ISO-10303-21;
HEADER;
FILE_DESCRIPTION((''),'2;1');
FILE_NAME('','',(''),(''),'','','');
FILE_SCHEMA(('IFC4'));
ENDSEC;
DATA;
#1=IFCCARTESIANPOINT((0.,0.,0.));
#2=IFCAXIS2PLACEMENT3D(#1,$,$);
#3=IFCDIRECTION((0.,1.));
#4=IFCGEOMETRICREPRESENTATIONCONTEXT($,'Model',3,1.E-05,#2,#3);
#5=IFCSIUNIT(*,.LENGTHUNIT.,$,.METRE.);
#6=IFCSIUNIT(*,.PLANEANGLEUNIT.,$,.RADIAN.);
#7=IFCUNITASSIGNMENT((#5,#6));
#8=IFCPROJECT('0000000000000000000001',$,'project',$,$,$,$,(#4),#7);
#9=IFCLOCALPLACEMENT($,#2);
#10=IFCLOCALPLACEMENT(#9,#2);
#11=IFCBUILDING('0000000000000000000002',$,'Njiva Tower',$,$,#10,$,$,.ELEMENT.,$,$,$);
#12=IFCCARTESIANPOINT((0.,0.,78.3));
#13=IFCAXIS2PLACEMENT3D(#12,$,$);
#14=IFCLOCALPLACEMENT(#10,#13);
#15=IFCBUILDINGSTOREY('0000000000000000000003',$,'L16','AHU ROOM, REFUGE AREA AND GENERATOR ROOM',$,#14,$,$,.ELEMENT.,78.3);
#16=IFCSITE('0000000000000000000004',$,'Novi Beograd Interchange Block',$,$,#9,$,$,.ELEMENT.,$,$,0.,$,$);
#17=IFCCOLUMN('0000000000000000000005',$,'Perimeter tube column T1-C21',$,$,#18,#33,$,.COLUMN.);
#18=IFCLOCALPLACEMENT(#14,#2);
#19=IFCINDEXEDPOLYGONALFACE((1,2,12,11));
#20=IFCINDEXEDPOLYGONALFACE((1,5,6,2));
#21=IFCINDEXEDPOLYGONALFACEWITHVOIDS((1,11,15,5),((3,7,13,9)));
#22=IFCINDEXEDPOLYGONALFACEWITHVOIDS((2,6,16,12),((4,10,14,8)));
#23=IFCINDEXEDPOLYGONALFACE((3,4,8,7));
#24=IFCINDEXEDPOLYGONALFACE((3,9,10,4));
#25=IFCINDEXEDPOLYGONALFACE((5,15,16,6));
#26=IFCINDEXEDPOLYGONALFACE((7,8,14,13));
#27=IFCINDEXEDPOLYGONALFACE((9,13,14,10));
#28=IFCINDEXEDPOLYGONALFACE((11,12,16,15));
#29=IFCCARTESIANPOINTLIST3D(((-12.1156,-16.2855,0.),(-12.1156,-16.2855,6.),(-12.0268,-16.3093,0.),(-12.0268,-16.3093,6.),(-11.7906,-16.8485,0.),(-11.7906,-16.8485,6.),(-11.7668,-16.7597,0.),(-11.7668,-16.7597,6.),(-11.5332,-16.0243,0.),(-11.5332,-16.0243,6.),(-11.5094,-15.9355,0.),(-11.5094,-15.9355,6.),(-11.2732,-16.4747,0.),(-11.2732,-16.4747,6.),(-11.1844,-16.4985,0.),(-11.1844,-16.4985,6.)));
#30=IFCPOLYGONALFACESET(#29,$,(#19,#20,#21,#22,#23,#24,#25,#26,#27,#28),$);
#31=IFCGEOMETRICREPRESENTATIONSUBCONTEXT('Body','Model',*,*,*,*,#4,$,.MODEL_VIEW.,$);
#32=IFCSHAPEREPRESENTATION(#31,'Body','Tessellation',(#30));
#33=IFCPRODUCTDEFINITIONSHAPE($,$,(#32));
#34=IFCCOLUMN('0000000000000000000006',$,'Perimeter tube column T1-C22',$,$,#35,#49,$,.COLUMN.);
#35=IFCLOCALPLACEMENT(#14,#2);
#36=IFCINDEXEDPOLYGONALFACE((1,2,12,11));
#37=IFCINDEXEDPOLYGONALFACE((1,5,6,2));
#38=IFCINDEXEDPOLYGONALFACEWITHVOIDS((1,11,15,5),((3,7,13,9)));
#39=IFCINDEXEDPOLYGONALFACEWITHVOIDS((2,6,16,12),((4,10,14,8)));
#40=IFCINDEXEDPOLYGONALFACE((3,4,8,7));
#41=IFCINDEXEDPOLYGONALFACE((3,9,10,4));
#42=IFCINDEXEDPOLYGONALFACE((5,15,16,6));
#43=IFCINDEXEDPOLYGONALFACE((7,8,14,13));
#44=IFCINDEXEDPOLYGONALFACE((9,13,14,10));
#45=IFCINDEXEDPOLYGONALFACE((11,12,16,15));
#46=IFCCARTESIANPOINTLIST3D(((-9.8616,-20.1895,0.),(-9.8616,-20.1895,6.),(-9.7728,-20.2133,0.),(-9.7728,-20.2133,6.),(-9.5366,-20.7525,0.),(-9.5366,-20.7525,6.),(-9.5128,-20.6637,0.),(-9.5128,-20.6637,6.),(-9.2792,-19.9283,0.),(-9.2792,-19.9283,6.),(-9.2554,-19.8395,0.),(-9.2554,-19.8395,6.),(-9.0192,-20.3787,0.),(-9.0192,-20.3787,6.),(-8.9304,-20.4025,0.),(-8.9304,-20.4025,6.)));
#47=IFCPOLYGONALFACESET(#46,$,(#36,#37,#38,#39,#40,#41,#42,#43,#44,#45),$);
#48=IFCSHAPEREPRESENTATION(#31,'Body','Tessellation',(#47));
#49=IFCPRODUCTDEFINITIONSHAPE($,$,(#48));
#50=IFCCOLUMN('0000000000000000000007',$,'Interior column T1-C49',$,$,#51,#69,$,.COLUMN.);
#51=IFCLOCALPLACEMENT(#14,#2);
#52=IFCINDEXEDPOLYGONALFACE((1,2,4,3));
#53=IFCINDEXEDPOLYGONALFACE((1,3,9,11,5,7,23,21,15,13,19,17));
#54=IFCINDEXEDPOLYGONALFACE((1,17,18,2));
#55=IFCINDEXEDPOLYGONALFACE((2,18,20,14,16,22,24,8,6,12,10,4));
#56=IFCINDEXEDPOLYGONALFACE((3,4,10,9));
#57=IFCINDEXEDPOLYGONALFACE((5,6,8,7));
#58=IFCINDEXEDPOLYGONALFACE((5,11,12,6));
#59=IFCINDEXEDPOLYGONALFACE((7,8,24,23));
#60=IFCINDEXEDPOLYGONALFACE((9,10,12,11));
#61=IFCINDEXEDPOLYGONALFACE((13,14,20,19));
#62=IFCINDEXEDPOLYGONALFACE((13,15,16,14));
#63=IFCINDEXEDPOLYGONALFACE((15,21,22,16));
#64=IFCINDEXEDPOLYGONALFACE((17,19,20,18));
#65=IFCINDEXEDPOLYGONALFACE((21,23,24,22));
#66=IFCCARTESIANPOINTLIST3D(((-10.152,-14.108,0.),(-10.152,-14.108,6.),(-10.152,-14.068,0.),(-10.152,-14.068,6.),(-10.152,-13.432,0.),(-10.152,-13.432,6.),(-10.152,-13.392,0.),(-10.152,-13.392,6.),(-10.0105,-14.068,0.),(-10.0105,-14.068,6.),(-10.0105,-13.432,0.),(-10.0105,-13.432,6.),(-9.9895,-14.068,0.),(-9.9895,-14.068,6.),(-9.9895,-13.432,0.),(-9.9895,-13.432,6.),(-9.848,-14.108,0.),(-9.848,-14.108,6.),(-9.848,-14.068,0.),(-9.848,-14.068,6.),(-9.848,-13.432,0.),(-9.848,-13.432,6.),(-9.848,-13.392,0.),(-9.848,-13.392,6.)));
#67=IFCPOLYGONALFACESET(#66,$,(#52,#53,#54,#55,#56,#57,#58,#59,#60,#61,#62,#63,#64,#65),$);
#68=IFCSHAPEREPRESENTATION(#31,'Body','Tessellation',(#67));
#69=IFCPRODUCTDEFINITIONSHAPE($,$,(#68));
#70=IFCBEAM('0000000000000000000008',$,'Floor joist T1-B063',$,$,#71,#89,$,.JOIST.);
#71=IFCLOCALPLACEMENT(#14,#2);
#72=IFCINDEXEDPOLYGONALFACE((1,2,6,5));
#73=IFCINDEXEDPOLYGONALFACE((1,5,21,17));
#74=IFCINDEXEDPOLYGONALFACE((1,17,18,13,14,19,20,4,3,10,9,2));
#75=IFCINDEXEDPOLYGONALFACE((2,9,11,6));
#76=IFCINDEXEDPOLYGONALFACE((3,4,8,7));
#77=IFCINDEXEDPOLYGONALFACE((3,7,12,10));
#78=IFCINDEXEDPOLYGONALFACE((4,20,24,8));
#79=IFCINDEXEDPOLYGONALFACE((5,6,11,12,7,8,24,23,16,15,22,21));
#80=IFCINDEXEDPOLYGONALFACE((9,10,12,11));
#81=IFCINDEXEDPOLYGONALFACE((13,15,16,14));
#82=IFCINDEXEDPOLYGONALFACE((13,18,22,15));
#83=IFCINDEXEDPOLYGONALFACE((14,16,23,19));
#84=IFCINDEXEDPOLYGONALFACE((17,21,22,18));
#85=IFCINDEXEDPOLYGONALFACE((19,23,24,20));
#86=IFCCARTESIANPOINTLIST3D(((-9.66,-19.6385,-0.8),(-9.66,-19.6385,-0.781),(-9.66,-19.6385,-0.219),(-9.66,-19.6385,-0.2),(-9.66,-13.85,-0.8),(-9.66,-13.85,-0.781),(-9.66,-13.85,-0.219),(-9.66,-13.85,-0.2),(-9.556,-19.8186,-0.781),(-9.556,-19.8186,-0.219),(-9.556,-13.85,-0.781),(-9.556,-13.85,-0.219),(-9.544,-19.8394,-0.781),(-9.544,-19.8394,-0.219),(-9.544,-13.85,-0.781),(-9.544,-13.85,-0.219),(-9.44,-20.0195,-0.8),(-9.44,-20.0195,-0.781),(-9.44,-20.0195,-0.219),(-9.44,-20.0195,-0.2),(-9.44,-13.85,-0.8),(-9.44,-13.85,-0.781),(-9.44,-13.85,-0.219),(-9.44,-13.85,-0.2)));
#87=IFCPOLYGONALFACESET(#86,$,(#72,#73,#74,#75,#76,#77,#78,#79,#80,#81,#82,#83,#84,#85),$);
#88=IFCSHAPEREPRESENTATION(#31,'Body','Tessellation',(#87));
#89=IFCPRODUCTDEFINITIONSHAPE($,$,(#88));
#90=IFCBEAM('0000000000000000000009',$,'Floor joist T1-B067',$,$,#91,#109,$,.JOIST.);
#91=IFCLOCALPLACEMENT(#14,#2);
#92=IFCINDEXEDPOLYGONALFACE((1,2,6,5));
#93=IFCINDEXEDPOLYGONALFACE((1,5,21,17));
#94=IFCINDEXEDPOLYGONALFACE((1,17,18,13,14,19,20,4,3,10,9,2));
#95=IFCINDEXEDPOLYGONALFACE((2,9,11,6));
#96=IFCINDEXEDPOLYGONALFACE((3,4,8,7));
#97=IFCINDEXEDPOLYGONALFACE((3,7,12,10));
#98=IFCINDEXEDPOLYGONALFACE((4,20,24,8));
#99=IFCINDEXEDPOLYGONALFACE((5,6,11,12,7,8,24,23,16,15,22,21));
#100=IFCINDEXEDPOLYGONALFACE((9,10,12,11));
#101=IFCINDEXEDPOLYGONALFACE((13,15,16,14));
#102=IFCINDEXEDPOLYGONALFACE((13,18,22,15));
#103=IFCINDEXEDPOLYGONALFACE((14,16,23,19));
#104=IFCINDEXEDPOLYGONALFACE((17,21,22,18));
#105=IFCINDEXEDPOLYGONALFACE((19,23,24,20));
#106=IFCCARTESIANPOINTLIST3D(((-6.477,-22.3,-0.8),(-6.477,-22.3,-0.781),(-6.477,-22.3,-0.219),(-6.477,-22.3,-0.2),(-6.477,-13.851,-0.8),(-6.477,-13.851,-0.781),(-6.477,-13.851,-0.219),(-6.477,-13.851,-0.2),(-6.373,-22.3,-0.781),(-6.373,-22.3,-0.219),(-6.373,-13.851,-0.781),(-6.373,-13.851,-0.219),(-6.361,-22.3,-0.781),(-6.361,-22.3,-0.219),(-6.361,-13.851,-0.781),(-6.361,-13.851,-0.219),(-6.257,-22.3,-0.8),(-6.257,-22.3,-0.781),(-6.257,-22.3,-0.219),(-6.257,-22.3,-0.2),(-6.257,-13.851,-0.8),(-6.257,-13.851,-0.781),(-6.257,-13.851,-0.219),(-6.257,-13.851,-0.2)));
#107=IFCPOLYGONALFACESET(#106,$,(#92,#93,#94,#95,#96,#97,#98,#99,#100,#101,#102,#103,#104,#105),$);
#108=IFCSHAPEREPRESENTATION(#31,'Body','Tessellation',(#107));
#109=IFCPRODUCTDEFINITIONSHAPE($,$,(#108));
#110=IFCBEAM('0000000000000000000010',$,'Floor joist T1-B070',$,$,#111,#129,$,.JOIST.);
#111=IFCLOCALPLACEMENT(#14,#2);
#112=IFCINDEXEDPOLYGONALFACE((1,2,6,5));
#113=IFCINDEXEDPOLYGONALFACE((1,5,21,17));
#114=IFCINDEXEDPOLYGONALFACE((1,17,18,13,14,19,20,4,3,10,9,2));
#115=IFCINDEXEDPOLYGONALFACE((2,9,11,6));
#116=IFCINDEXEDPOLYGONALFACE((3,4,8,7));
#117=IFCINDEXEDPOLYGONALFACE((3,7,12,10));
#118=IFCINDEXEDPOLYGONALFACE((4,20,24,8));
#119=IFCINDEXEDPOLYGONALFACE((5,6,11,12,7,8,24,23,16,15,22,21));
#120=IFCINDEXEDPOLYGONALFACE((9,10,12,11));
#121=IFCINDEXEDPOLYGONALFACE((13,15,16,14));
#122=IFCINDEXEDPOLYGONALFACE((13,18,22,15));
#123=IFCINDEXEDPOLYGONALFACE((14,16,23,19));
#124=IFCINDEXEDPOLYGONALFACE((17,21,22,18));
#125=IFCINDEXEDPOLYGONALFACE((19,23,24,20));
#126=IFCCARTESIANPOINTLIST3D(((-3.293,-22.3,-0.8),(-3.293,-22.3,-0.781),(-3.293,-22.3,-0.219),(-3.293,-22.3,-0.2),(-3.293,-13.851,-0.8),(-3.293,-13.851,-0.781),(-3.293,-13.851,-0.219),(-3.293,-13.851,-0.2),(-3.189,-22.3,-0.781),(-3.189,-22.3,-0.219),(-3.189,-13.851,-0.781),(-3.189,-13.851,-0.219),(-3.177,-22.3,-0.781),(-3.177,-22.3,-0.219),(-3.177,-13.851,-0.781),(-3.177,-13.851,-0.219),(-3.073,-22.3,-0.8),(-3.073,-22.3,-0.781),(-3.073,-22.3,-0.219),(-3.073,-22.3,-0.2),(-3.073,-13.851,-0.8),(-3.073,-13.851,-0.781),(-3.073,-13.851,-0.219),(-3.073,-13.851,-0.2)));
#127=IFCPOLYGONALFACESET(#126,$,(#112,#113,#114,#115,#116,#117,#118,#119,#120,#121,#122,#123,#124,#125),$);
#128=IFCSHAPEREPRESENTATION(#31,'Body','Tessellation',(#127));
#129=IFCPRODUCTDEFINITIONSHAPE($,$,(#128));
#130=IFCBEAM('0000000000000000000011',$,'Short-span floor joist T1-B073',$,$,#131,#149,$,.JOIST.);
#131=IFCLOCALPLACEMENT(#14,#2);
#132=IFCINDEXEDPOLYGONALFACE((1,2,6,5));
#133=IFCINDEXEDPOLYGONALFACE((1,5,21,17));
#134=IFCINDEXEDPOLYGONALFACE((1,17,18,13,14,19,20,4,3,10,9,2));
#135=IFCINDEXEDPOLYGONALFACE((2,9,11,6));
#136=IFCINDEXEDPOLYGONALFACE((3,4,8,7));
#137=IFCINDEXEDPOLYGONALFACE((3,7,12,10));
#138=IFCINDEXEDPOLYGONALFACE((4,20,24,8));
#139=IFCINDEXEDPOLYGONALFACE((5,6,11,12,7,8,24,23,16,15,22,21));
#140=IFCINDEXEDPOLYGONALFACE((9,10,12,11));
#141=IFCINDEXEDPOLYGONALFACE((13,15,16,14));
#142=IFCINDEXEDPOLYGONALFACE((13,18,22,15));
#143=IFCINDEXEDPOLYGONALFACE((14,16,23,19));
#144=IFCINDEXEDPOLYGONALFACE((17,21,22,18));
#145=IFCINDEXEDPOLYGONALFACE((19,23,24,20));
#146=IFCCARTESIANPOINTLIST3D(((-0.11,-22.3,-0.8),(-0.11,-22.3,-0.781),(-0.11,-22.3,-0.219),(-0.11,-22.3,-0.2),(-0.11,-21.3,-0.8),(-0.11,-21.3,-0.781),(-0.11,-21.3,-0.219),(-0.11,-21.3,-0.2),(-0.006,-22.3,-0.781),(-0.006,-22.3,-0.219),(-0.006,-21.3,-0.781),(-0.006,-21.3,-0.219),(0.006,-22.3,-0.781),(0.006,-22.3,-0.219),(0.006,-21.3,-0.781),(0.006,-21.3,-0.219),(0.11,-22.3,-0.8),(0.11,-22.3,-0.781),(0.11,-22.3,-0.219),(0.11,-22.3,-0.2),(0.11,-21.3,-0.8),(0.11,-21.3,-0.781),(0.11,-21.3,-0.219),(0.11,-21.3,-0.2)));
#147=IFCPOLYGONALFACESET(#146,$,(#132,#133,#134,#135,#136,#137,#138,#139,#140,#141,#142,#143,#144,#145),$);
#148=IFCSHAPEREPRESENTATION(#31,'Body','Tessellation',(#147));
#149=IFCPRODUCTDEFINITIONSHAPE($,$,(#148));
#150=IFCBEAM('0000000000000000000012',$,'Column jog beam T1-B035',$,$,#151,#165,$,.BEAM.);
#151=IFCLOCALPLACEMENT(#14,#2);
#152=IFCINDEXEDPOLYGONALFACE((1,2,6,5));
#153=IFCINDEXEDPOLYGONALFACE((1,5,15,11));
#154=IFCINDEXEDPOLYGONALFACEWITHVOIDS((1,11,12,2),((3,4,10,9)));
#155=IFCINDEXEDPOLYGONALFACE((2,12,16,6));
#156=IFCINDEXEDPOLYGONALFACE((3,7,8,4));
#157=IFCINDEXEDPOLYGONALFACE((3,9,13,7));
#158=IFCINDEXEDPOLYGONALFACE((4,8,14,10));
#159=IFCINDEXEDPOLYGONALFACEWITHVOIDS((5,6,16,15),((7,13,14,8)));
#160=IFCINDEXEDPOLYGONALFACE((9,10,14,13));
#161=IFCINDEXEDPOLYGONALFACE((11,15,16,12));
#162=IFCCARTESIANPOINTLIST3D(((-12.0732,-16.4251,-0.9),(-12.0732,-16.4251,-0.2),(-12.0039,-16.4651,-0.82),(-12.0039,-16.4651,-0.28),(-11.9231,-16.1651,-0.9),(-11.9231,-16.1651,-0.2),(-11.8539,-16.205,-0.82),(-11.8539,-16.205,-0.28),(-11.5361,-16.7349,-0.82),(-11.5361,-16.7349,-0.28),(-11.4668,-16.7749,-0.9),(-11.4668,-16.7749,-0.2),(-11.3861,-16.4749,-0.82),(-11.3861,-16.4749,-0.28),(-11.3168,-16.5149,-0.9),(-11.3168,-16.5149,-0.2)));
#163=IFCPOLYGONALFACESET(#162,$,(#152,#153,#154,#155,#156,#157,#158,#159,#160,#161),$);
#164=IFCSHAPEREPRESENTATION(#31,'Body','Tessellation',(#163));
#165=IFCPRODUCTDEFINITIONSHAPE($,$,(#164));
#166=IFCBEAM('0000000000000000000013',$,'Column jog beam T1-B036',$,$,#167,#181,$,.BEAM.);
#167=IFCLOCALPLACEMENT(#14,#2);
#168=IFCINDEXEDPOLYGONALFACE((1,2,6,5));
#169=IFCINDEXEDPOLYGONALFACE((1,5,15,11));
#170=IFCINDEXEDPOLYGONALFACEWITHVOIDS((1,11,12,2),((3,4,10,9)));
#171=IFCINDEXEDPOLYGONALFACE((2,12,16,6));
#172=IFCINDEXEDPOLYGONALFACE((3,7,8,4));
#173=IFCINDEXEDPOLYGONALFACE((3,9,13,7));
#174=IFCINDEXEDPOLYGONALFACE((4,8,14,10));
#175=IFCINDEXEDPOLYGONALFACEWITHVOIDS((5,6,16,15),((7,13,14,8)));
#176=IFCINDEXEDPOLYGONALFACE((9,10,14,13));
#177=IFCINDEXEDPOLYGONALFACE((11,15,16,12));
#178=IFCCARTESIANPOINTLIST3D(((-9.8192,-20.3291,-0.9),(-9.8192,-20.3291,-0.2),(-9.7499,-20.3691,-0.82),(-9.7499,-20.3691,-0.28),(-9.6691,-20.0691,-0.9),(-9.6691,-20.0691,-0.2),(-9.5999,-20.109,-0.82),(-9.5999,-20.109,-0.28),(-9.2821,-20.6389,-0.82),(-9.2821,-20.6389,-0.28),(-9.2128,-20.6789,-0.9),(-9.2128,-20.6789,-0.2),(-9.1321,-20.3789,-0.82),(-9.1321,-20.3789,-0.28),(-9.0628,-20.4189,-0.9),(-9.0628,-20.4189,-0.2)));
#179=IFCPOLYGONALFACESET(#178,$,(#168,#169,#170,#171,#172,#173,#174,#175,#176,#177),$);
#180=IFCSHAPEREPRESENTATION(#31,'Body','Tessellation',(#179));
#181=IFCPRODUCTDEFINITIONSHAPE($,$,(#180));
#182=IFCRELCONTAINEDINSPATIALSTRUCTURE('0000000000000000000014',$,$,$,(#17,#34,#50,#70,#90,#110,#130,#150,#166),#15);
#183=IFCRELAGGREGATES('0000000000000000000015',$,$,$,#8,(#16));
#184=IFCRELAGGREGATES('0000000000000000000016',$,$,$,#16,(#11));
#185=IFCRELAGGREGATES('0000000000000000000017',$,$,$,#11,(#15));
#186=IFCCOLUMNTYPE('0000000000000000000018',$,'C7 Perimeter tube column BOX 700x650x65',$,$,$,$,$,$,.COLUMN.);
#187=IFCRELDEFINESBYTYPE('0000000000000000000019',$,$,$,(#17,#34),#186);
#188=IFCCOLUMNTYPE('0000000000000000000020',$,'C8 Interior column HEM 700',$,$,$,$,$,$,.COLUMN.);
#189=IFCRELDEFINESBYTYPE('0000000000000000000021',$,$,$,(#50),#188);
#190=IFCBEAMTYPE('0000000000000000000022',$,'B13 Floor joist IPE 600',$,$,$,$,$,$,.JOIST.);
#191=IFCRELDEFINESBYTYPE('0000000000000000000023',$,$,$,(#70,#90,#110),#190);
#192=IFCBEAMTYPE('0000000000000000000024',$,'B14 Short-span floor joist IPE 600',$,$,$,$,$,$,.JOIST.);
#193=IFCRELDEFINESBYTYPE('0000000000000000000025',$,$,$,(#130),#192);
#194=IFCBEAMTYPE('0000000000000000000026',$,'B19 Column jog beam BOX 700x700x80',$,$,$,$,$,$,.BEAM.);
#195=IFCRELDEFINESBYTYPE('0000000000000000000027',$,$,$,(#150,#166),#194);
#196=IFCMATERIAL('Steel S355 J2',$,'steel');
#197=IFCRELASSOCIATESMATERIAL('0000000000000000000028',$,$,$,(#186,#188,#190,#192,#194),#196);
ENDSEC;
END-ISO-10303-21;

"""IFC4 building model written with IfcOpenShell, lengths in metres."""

from ifc_helpers import new_model, si_unit, direction, frame, origin, origin_2d, place, context, subcontext, project, spatial, hollow_rectangle, i_section, extrude, clip, halfspace, material, material_profile, profile_set, type_object, element, save


model = new_model("IFC4")

# Units and contexts
model_context = context("Model", 3, precision=1e-05, world=origin(), true_north=direction((0.0, 1.0)))
body_context = subcontext(model_context, "Body", "Model", "MODEL_VIEW")
ifc_project = project(units=[si_unit("LENGTHUNIT", "METRE"), si_unit("PLANEANGLEUNIT", "RADIAN")], contexts=[model_context])

# Site, building, storey
site_placement = place(None, origin())
site = spatial("IfcSite", under=ifc_project, at=site_placement, Name="Novi Beograd Interchange Block", CompositionType="ELEMENT", RefElevation=0.0)
building_placement = place(site_placement, origin())
building = spatial("IfcBuilding", under=site, at=building_placement, Name="Njiva Tower", CompositionType="ELEMENT")
storey_placement = place(building_placement, frame((0.0, 0.0, 78.3)))
storey = spatial("IfcBuildingStorey", under=building, at=storey_placement, Name="L16", Description="AHU ROOM, REFUGE AREA AND GENERATOR ROOM", CompositionType="ELEMENT", Elevation=78.3)

# Columns
ifc_material_1 = material(Name="Steel S355 J2", Category="steel")
ifc_material_profile_1 = material_profile(ifc_material_1, hollow_rectangle(XDim=0.65, YDim=0.7, WallThickness=0.065, at=origin_2d()), Name="BOX 700x650x65")
ifc_profile_set_1 = profile_set([ifc_material_profile_1], Name="Steel S355 J2")
column_type_1 = type_object("IfcColumnType", Name="C7 Perimeter tube column BOX 700x650x65", PredefinedType="COLUMN", material=ifc_profile_set_1)
for number, where, z_axis, x_axis, name in (
    (1, (-11.65, -16.392, 0.0), (0.0, 0.0, 1.0), (0.5, -0.866025, 0.0), "Perimeter tube column T1-C21"),
    (2, (-9.396, -20.296, 0.0), (0.0, 0.0, 1.0), (0.5, -0.866025, 0.0), "Perimeter tube column T1-C22"),
):
    element("IfcColumn", number, at=place(storey_placement, frame(where, z_axis=z_axis, x_axis=x_axis)), inside=storey, type_object=column_type_1, Name=name, PredefinedType="COLUMN", context=body_context, shape_type="SweptSolid", body=[
        extrude(hollow_rectangle(XDim=0.65, YDim=0.7, WallThickness=0.065, at=origin_2d()), origin(), (0.0, 0.0, 1.0), 6.0),
    ])
ifc_material_profile_2 = material_profile(ifc_material_1, i_section(OverallWidth=0.304, OverallDepth=0.716, WebThickness=0.021, FlangeThickness=0.04, at=origin_2d()), Name="HEM 700")
ifc_profile_set_2 = profile_set([ifc_material_profile_2], Name="Steel S355 J2")
column_type_2 = type_object("IfcColumnType", Name="C8 Interior column HEM 700", PredefinedType="COLUMN", material=ifc_profile_set_2)
column_placement = place(storey_placement, frame((-10.0, -13.75, 0.0), z_axis=(0.0, 0.0, 1.0), x_axis=(1.0, 0.0, 0.0)))
element("IfcColumn", 3, at=column_placement, inside=storey, type_object=column_type_2, Name="Interior column T1-C49", PredefinedType="COLUMN", context=body_context, shape_type="SweptSolid", body=[
    extrude(i_section(OverallWidth=0.304, OverallDepth=0.716, WebThickness=0.021, FlangeThickness=0.04, at=origin_2d()), origin(), (0.0, 0.0, 1.0), 6.0),
])

# Beams
ifc_material_profile_3 = material_profile(ifc_material_1, i_section(OverallWidth=0.22, OverallDepth=0.6, WebThickness=0.012, FlangeThickness=0.019, at=origin_2d()), Name="IPE 600")
ifc_profile_set_3 = profile_set([ifc_material_profile_3], Name="Steel S355 J2")
beam_type_1 = type_object("IfcBeamType", Name="B13 Floor joist IPE 600", PredefinedType="JOIST", material=ifc_profile_set_3)
beam_1_placement = place(storey_placement, frame((-9.55, -13.85, -0.5), z_axis=(0.0, -1.0, 0.0), x_axis=(1.0, 0.0, 0.0)))
element("IfcBeam", 4, at=beam_1_placement, inside=storey, type_object=beam_type_1, Name="Floor joist T1-B063", PredefinedType="JOIST", context=body_context, shape_type="Clipping", body=[
    clip(extrude(i_section(OverallWidth=0.22, OverallDepth=0.6, WebThickness=0.012, FlangeThickness=0.019, at=origin_2d()), origin(), (0.0, 0.0, 1.0), 6.19), halfspace(frame((-0.0433, 0.0, 5.904), z_axis=(-0.866027, 0.0, 0.499998), x_axis=(0.0, 1.0, 0.0)), False)),
])
for number, where, z_axis, x_axis, name in (
    (5, (-6.367, -13.851, -0.5), (0.0, -1.0, 0.0), (1.0, 0.0, 0.0), "Floor joist T1-B067"),
    (6, (-3.183, -13.851, -0.5), (0.0, -1.0, 0.0), (1.0, 0.0, 0.0), "Floor joist T1-B070"),
):
    element("IfcBeam", number, at=place(storey_placement, frame(where, z_axis=z_axis, x_axis=x_axis)), inside=storey, type_object=beam_type_1, Name=name, PredefinedType="JOIST", context=body_context, shape_type="SweptSolid", body=[
        extrude(i_section(OverallWidth=0.22, OverallDepth=0.6, WebThickness=0.012, FlangeThickness=0.019, at=origin_2d()), origin(), (0.0, 0.0, 1.0), 8.449),
    ])
ifc_material_profile_4 = material_profile(ifc_material_1, i_section(OverallWidth=0.22, OverallDepth=0.6, WebThickness=0.012, FlangeThickness=0.019, at=origin_2d()), Name="IPE 600")
ifc_profile_set_4 = profile_set([ifc_material_profile_4], Name="Steel S355 J2")
beam_type_2 = type_object("IfcBeamType", Name="B14 Short-span floor joist IPE 600", PredefinedType="JOIST", material=ifc_profile_set_4)
beam_2_placement = place(storey_placement, frame((0.0, -21.3, -0.5), z_axis=(0.0, -1.0, 0.0), x_axis=(1.0, 0.0, 0.0)))
element("IfcBeam", 7, at=beam_2_placement, inside=storey, type_object=beam_type_2, Name="Short-span floor joist T1-B073", PredefinedType="JOIST", context=body_context, shape_type="SweptSolid", body=[
    extrude(i_section(OverallWidth=0.22, OverallDepth=0.6, WebThickness=0.012, FlangeThickness=0.019, at=origin_2d()), origin(), (0.0, 0.0, 1.0), 1.0),
])
ifc_material_profile_5 = material_profile(ifc_material_1, hollow_rectangle(XDim=0.7, YDim=0.7, WallThickness=0.08, at=origin_2d()), Name="BOX 700x700x80")
ifc_profile_set_5 = profile_set([ifc_material_profile_5], Name="Steel S355 J2")
beam_type_3 = type_object("IfcBeamType", Name="B19 Column jog beam BOX 700x700x80", PredefinedType="BEAM", material=ifc_profile_set_5)
for number, where, z_axis, x_axis, name in (
    (8, (-11.77, -16.6, -0.55), (0.499722, 0.866186, 0.0), (-0.866186, 0.499722, 0.0), "Column jog beam T1-B035"),
    (9, (-9.516, -20.504, -0.55), (0.499722, 0.866186, 0.0), (-0.866186, 0.499722, 0.0), "Column jog beam T1-B036"),
):
    element("IfcBeam", number, at=place(storey_placement, frame(where, z_axis=z_axis, x_axis=x_axis)), inside=storey, type_object=beam_type_3, Name=name, PredefinedType="BEAM", context=body_context, shape_type="SweptSolid", body=[
        extrude(hollow_rectangle(XDim=0.7, YDim=0.7, WallThickness=0.08, at=origin_2d()), origin(), (0.0, 0.0, 1.0), 0.3002),
    ])

save(model, "model.ifc")
